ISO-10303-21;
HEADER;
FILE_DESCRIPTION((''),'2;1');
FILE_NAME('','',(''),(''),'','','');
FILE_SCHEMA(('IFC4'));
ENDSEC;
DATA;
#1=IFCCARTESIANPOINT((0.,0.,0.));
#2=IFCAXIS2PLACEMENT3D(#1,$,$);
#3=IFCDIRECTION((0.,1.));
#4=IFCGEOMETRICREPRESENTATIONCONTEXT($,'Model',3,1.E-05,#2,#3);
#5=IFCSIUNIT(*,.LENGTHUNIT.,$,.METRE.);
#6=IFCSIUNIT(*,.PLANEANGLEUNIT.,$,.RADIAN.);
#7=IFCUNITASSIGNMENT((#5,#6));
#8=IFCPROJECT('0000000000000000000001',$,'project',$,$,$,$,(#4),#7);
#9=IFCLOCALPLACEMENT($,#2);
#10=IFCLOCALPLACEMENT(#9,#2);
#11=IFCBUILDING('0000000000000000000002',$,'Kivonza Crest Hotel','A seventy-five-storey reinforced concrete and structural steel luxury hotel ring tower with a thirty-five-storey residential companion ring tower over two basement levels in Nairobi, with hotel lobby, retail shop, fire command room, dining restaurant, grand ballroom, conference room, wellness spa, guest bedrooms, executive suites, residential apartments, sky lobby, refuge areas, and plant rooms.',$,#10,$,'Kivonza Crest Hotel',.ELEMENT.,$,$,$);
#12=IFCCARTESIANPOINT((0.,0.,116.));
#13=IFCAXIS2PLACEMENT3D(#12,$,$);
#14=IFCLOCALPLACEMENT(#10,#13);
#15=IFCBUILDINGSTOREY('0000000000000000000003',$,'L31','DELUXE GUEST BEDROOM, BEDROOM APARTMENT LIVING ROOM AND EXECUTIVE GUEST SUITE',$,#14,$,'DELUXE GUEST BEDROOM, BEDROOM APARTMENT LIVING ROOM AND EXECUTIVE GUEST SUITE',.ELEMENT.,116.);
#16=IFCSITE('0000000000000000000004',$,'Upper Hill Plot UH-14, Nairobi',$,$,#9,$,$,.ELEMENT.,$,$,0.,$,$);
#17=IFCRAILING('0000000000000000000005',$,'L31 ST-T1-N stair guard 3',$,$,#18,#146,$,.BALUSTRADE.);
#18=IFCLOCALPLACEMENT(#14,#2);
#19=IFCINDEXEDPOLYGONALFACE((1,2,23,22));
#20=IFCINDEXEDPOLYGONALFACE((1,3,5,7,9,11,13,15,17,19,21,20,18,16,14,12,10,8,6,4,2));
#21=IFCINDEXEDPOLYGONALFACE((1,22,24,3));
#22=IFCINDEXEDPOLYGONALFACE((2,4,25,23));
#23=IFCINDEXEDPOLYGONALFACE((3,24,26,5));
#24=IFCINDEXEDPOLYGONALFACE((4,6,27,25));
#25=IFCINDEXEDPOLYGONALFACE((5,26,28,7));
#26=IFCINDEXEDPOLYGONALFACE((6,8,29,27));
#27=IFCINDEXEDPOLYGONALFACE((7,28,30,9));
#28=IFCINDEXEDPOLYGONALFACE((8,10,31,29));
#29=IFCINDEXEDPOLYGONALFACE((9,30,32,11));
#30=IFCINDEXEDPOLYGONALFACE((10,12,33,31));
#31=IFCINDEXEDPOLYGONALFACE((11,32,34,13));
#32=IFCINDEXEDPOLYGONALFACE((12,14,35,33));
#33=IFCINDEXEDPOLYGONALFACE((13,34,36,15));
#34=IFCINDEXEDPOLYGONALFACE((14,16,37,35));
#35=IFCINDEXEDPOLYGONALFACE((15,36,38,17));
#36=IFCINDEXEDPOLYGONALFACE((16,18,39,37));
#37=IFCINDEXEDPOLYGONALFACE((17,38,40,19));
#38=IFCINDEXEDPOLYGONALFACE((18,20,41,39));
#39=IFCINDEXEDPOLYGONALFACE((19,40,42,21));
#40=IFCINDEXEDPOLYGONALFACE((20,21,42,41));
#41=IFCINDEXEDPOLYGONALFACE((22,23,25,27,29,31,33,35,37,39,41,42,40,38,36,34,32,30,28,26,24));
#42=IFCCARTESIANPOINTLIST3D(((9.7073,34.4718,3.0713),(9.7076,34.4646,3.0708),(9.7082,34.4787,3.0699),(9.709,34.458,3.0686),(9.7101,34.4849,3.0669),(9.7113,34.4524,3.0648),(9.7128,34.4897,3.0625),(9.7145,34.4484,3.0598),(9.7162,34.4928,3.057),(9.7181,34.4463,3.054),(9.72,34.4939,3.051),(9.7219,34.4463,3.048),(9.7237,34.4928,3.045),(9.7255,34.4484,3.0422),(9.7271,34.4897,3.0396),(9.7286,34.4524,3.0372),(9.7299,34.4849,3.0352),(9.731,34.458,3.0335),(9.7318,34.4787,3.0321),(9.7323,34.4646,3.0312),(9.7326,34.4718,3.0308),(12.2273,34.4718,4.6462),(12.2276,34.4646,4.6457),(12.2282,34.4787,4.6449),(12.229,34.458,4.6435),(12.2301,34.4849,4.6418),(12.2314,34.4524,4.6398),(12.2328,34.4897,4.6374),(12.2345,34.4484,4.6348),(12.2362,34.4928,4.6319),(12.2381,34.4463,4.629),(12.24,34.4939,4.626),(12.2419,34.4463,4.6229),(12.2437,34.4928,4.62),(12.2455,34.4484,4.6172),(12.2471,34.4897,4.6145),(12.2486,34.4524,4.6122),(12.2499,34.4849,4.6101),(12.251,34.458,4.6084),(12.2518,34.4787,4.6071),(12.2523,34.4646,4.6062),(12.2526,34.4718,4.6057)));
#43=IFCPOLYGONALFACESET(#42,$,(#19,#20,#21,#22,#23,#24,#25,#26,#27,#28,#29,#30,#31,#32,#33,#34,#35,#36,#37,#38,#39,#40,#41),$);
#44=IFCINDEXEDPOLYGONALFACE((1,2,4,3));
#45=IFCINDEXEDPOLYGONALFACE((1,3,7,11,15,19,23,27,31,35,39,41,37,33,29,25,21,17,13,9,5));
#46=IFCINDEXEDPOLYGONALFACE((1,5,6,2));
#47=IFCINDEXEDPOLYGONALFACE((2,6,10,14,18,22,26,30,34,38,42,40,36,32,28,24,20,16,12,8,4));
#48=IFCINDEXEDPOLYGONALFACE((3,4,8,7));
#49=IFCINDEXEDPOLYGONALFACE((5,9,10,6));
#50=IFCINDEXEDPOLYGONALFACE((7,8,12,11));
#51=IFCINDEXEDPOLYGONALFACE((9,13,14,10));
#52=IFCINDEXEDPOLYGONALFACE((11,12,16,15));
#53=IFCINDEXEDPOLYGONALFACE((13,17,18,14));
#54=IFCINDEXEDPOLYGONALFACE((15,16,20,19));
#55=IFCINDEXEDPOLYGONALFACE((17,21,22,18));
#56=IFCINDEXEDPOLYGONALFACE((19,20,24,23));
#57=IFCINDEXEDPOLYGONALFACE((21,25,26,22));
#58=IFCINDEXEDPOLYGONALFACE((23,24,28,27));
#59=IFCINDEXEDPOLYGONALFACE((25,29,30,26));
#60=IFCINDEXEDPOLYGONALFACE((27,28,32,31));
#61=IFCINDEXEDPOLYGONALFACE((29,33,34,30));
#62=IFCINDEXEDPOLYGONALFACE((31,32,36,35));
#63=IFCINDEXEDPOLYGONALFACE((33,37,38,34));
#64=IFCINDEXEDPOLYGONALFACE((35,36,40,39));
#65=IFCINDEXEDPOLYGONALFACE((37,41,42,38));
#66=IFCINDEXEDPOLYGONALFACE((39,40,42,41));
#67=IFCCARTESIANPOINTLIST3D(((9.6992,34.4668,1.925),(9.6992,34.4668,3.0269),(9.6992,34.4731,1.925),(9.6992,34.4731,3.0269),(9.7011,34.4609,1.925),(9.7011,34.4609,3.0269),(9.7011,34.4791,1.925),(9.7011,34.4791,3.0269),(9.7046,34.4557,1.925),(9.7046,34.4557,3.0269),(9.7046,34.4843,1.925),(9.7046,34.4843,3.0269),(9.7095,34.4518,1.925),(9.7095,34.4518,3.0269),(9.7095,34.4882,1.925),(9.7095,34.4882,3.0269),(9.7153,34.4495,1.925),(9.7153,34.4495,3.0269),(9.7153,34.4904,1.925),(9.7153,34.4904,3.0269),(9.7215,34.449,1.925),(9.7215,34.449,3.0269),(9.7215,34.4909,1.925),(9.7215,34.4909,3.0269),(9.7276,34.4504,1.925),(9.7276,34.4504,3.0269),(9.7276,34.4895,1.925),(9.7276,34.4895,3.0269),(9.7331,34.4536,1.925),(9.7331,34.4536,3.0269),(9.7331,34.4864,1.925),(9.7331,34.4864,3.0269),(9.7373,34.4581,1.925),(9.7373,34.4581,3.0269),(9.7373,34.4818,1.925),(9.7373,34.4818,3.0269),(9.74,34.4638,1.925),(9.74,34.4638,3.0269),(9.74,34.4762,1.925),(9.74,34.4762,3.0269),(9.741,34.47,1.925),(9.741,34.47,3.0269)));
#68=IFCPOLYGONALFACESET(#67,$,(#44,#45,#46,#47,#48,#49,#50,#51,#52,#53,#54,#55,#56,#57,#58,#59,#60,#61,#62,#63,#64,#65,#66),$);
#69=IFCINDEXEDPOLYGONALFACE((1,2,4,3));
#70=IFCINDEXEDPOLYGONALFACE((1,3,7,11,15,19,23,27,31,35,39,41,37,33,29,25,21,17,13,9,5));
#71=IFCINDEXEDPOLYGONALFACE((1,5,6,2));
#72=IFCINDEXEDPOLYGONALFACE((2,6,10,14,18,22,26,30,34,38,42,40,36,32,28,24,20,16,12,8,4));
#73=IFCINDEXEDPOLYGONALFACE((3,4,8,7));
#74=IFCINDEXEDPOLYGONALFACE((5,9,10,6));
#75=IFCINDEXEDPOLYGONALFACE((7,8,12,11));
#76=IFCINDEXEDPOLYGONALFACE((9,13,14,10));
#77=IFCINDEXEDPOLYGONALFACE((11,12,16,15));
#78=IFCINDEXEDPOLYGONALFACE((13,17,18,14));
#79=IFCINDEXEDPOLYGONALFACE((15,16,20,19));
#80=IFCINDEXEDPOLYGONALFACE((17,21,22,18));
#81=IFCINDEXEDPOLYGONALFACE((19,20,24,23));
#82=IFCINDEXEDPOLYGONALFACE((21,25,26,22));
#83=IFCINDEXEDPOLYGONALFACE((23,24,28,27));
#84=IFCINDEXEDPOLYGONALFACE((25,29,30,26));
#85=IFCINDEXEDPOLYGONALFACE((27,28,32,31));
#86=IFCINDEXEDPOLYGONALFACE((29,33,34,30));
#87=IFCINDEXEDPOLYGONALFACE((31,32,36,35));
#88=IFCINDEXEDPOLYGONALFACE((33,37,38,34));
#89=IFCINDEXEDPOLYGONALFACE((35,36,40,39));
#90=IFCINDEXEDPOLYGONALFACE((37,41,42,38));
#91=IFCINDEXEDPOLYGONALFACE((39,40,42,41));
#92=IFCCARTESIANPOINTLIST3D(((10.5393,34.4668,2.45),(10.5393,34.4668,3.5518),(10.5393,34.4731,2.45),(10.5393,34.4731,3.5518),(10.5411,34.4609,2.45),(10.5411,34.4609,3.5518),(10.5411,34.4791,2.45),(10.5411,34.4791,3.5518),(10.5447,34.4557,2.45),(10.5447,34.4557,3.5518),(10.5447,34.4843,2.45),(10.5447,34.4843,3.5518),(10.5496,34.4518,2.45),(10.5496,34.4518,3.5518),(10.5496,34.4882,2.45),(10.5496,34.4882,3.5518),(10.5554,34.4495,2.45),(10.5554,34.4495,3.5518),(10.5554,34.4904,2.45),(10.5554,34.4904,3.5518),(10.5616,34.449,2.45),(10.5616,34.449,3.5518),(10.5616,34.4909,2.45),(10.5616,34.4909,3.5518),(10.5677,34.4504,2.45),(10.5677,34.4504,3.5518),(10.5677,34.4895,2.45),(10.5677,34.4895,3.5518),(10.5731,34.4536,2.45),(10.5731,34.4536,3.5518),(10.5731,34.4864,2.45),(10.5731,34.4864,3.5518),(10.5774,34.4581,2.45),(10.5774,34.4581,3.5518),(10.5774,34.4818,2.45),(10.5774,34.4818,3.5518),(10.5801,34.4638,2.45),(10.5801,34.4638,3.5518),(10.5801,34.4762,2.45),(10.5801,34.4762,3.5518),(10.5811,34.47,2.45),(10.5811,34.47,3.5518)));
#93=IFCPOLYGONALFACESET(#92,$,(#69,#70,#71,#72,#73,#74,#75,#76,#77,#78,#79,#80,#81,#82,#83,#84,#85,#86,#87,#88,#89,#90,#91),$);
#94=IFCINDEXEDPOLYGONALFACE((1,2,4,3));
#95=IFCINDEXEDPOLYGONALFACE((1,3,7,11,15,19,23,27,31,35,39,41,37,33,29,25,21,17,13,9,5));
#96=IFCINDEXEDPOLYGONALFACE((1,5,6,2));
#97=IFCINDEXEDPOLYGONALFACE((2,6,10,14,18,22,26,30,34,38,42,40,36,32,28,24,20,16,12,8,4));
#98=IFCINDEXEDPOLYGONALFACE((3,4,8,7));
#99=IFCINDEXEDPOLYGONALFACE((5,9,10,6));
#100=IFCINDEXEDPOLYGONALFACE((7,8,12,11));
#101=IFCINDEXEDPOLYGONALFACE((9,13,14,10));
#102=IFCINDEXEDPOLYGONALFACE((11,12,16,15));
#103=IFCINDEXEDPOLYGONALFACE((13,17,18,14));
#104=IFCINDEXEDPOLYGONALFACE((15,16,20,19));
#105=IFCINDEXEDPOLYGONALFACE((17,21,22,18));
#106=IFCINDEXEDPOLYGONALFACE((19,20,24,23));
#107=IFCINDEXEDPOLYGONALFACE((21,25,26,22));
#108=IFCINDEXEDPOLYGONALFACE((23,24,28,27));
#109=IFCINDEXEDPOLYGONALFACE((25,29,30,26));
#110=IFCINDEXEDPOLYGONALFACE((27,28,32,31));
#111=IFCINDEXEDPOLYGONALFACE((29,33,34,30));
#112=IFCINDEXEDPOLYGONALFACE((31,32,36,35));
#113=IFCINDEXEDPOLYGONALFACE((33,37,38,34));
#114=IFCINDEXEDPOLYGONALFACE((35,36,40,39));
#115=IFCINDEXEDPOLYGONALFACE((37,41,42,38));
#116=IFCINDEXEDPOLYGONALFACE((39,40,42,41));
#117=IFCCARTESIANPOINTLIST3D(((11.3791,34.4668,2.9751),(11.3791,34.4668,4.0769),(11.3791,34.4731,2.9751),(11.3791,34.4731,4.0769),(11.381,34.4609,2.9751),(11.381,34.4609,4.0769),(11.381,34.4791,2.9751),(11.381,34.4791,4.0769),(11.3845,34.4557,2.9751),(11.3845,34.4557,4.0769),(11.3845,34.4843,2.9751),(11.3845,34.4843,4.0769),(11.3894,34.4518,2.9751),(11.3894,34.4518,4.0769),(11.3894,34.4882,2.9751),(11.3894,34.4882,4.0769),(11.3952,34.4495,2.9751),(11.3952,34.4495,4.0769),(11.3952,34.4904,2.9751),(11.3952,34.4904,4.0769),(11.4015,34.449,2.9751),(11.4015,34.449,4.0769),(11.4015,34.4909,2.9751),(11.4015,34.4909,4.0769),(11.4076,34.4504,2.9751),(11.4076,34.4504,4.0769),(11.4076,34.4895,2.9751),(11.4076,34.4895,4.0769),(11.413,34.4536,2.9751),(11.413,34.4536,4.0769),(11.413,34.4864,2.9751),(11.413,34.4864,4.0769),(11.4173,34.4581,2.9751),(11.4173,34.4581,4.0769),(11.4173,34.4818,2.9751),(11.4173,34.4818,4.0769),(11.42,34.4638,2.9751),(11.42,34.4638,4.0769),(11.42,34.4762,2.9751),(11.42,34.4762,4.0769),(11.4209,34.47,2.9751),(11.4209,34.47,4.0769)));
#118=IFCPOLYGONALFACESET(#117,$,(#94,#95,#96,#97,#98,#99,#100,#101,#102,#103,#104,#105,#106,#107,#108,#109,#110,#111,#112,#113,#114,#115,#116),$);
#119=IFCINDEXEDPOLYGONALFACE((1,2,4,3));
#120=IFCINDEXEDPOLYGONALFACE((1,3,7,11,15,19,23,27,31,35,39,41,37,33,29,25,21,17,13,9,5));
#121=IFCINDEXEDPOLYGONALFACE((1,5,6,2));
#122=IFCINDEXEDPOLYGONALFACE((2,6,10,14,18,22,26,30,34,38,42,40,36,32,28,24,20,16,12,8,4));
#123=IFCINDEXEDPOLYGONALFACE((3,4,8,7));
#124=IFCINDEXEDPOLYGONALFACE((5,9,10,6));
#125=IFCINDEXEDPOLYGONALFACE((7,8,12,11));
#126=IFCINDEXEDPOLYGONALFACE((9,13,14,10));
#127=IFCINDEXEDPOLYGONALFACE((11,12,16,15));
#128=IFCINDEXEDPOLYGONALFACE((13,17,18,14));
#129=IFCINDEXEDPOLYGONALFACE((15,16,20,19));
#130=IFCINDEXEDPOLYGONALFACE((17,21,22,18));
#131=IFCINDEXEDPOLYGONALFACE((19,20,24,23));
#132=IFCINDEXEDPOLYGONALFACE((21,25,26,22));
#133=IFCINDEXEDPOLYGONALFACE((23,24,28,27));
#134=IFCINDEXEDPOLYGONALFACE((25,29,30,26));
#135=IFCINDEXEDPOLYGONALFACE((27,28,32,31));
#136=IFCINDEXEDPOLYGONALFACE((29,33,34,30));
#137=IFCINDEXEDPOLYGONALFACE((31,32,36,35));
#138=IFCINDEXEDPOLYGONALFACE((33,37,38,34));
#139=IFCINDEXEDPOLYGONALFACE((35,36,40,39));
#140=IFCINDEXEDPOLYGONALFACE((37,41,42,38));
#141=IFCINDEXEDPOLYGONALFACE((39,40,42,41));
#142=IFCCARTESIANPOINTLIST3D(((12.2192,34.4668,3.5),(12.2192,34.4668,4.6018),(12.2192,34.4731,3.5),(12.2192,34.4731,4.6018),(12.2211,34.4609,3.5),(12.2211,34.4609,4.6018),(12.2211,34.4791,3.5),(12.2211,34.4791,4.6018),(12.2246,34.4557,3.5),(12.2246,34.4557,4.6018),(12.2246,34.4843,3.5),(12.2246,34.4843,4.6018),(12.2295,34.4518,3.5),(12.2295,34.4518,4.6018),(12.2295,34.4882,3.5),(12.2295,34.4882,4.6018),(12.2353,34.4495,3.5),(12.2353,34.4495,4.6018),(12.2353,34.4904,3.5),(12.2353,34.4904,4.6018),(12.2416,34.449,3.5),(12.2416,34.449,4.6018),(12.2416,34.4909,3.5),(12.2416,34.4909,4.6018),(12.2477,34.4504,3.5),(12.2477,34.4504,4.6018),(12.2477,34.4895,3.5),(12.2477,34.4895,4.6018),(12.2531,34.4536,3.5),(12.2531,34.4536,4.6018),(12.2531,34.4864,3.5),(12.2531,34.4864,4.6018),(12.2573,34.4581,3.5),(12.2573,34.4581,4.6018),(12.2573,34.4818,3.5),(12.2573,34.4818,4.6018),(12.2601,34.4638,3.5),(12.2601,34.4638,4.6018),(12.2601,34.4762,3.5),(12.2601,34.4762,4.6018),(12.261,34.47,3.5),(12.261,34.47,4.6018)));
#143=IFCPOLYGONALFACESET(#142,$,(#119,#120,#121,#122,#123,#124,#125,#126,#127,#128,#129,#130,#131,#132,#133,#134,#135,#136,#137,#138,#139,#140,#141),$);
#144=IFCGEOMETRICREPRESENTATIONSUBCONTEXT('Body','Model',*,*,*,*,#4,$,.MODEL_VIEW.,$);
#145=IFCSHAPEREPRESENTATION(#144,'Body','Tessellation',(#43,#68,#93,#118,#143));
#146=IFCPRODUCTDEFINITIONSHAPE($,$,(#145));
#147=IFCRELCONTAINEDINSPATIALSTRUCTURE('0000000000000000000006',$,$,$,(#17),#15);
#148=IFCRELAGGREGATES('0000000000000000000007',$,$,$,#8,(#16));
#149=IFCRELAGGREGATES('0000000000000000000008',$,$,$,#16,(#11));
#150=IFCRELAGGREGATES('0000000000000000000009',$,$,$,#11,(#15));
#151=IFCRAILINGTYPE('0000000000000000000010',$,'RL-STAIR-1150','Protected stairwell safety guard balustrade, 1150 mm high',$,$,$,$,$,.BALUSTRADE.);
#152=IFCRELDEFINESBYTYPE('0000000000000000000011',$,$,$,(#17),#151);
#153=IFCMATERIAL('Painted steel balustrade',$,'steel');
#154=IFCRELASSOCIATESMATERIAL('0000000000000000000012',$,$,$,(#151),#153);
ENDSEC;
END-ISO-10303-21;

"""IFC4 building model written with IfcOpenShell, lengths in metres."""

from ifc_helpers import new_model, si_unit, direction, frame, origin, origin_2d, place, context, subcontext, project, spatial, circle, extrude, material, type_object, element, save


model = new_model("IFC4")

# Units and contexts
model_context = context("Model", 3, precision=1e-05, world=origin(), true_north=direction((0.0, 1.0)))
body_context = subcontext(model_context, "Body", "Model", "MODEL_VIEW")
ifc_project = project(units=[si_unit("LENGTHUNIT", "METRE"), si_unit("PLANEANGLEUNIT", "RADIAN")], contexts=[model_context])

# Site, building, storey
site_placement = place(None, origin())
site = spatial("IfcSite", under=ifc_project, at=site_placement, Name="Upper Hill Plot UH-14, Nairobi", CompositionType="ELEMENT", RefElevation=0.0)
building_placement = place(site_placement, origin())
building = spatial("IfcBuilding", under=site, at=building_placement, Name="Kivonza Crest Hotel", Description="A seventy-five-storey reinforced concrete and structural steel luxury hotel ring tower with a thirty-five-storey residential companion ring tower over two basement levels in Nairobi, with hotel lobby, retail shop, fire command room, dining restaurant, grand ballroom, conference room, wellness spa, guest bedrooms, executive suites, residential apartments, sky lobby, refuge areas, and plant rooms.", LongName="Kivonza Crest Hotel", CompositionType="ELEMENT")
storey_placement = place(building_placement, frame((0.0, 0.0, 116.0)))
storey = spatial("IfcBuildingStorey", under=building, at=storey_placement, Name="L31", Description="DELUXE GUEST BEDROOM, BEDROOM APARTMENT LIVING ROOM AND EXECUTIVE GUEST SUITE", LongName="DELUXE GUEST BEDROOM, BEDROOM APARTMENT LIVING ROOM AND EXECUTIVE GUEST SUITE", CompositionType="ELEMENT", Elevation=116.0)

# Railing
ifc_material_1 = material(Name="Painted steel balustrade", Category="steel")
railing_type_1 = type_object("IfcRailingType", Name="RL-STAIR-1150", Description="Protected stairwell safety guard balustrade, 1150 mm high", PredefinedType="BALUSTRADE", material=ifc_material_1)
railing_1_placement = place(storey_placement, frame((9.72, 34.47, 1.925)))
element("IfcRailing", 1, at=railing_1_placement, inside=storey, type_object=railing_type_1, Name="L31 ST-T1-N stair guard 3", PredefinedType="BALUSTRADE", context=body_context, shape_type="SweptSolid", body=[
    extrude(circle(Radius=0.0239, at=origin_2d()), frame((0.0, 0.0, 1.126), z_axis=(0.848008, 0.0, 0.529984), x_axis=(0.0, 1.0, 0.0)), (0.0, 0.0, 1.0), 2.9717),
    extrude(circle(Radius=0.021, at=origin_2d()), origin(), (0.0, 0.0, 1.0), 1.1018),
    extrude(circle(Radius=0.021, at=origin_2d()), frame((0.8401, 0.0, 0.5249)), (0.0, 0.0, 1.0), 1.1018),
    extrude(circle(Radius=0.021, at=origin_2d()), frame((1.6799, 0.0, 1.05)), (0.0, 0.0, 1.0), 1.1018),
    extrude(circle(Radius=0.021, at=origin_2d()), frame((2.52, 0.0, 1.575)), (0.0, 0.0, 1.0), 1.1018),
])

save(model, "model.ifc")
